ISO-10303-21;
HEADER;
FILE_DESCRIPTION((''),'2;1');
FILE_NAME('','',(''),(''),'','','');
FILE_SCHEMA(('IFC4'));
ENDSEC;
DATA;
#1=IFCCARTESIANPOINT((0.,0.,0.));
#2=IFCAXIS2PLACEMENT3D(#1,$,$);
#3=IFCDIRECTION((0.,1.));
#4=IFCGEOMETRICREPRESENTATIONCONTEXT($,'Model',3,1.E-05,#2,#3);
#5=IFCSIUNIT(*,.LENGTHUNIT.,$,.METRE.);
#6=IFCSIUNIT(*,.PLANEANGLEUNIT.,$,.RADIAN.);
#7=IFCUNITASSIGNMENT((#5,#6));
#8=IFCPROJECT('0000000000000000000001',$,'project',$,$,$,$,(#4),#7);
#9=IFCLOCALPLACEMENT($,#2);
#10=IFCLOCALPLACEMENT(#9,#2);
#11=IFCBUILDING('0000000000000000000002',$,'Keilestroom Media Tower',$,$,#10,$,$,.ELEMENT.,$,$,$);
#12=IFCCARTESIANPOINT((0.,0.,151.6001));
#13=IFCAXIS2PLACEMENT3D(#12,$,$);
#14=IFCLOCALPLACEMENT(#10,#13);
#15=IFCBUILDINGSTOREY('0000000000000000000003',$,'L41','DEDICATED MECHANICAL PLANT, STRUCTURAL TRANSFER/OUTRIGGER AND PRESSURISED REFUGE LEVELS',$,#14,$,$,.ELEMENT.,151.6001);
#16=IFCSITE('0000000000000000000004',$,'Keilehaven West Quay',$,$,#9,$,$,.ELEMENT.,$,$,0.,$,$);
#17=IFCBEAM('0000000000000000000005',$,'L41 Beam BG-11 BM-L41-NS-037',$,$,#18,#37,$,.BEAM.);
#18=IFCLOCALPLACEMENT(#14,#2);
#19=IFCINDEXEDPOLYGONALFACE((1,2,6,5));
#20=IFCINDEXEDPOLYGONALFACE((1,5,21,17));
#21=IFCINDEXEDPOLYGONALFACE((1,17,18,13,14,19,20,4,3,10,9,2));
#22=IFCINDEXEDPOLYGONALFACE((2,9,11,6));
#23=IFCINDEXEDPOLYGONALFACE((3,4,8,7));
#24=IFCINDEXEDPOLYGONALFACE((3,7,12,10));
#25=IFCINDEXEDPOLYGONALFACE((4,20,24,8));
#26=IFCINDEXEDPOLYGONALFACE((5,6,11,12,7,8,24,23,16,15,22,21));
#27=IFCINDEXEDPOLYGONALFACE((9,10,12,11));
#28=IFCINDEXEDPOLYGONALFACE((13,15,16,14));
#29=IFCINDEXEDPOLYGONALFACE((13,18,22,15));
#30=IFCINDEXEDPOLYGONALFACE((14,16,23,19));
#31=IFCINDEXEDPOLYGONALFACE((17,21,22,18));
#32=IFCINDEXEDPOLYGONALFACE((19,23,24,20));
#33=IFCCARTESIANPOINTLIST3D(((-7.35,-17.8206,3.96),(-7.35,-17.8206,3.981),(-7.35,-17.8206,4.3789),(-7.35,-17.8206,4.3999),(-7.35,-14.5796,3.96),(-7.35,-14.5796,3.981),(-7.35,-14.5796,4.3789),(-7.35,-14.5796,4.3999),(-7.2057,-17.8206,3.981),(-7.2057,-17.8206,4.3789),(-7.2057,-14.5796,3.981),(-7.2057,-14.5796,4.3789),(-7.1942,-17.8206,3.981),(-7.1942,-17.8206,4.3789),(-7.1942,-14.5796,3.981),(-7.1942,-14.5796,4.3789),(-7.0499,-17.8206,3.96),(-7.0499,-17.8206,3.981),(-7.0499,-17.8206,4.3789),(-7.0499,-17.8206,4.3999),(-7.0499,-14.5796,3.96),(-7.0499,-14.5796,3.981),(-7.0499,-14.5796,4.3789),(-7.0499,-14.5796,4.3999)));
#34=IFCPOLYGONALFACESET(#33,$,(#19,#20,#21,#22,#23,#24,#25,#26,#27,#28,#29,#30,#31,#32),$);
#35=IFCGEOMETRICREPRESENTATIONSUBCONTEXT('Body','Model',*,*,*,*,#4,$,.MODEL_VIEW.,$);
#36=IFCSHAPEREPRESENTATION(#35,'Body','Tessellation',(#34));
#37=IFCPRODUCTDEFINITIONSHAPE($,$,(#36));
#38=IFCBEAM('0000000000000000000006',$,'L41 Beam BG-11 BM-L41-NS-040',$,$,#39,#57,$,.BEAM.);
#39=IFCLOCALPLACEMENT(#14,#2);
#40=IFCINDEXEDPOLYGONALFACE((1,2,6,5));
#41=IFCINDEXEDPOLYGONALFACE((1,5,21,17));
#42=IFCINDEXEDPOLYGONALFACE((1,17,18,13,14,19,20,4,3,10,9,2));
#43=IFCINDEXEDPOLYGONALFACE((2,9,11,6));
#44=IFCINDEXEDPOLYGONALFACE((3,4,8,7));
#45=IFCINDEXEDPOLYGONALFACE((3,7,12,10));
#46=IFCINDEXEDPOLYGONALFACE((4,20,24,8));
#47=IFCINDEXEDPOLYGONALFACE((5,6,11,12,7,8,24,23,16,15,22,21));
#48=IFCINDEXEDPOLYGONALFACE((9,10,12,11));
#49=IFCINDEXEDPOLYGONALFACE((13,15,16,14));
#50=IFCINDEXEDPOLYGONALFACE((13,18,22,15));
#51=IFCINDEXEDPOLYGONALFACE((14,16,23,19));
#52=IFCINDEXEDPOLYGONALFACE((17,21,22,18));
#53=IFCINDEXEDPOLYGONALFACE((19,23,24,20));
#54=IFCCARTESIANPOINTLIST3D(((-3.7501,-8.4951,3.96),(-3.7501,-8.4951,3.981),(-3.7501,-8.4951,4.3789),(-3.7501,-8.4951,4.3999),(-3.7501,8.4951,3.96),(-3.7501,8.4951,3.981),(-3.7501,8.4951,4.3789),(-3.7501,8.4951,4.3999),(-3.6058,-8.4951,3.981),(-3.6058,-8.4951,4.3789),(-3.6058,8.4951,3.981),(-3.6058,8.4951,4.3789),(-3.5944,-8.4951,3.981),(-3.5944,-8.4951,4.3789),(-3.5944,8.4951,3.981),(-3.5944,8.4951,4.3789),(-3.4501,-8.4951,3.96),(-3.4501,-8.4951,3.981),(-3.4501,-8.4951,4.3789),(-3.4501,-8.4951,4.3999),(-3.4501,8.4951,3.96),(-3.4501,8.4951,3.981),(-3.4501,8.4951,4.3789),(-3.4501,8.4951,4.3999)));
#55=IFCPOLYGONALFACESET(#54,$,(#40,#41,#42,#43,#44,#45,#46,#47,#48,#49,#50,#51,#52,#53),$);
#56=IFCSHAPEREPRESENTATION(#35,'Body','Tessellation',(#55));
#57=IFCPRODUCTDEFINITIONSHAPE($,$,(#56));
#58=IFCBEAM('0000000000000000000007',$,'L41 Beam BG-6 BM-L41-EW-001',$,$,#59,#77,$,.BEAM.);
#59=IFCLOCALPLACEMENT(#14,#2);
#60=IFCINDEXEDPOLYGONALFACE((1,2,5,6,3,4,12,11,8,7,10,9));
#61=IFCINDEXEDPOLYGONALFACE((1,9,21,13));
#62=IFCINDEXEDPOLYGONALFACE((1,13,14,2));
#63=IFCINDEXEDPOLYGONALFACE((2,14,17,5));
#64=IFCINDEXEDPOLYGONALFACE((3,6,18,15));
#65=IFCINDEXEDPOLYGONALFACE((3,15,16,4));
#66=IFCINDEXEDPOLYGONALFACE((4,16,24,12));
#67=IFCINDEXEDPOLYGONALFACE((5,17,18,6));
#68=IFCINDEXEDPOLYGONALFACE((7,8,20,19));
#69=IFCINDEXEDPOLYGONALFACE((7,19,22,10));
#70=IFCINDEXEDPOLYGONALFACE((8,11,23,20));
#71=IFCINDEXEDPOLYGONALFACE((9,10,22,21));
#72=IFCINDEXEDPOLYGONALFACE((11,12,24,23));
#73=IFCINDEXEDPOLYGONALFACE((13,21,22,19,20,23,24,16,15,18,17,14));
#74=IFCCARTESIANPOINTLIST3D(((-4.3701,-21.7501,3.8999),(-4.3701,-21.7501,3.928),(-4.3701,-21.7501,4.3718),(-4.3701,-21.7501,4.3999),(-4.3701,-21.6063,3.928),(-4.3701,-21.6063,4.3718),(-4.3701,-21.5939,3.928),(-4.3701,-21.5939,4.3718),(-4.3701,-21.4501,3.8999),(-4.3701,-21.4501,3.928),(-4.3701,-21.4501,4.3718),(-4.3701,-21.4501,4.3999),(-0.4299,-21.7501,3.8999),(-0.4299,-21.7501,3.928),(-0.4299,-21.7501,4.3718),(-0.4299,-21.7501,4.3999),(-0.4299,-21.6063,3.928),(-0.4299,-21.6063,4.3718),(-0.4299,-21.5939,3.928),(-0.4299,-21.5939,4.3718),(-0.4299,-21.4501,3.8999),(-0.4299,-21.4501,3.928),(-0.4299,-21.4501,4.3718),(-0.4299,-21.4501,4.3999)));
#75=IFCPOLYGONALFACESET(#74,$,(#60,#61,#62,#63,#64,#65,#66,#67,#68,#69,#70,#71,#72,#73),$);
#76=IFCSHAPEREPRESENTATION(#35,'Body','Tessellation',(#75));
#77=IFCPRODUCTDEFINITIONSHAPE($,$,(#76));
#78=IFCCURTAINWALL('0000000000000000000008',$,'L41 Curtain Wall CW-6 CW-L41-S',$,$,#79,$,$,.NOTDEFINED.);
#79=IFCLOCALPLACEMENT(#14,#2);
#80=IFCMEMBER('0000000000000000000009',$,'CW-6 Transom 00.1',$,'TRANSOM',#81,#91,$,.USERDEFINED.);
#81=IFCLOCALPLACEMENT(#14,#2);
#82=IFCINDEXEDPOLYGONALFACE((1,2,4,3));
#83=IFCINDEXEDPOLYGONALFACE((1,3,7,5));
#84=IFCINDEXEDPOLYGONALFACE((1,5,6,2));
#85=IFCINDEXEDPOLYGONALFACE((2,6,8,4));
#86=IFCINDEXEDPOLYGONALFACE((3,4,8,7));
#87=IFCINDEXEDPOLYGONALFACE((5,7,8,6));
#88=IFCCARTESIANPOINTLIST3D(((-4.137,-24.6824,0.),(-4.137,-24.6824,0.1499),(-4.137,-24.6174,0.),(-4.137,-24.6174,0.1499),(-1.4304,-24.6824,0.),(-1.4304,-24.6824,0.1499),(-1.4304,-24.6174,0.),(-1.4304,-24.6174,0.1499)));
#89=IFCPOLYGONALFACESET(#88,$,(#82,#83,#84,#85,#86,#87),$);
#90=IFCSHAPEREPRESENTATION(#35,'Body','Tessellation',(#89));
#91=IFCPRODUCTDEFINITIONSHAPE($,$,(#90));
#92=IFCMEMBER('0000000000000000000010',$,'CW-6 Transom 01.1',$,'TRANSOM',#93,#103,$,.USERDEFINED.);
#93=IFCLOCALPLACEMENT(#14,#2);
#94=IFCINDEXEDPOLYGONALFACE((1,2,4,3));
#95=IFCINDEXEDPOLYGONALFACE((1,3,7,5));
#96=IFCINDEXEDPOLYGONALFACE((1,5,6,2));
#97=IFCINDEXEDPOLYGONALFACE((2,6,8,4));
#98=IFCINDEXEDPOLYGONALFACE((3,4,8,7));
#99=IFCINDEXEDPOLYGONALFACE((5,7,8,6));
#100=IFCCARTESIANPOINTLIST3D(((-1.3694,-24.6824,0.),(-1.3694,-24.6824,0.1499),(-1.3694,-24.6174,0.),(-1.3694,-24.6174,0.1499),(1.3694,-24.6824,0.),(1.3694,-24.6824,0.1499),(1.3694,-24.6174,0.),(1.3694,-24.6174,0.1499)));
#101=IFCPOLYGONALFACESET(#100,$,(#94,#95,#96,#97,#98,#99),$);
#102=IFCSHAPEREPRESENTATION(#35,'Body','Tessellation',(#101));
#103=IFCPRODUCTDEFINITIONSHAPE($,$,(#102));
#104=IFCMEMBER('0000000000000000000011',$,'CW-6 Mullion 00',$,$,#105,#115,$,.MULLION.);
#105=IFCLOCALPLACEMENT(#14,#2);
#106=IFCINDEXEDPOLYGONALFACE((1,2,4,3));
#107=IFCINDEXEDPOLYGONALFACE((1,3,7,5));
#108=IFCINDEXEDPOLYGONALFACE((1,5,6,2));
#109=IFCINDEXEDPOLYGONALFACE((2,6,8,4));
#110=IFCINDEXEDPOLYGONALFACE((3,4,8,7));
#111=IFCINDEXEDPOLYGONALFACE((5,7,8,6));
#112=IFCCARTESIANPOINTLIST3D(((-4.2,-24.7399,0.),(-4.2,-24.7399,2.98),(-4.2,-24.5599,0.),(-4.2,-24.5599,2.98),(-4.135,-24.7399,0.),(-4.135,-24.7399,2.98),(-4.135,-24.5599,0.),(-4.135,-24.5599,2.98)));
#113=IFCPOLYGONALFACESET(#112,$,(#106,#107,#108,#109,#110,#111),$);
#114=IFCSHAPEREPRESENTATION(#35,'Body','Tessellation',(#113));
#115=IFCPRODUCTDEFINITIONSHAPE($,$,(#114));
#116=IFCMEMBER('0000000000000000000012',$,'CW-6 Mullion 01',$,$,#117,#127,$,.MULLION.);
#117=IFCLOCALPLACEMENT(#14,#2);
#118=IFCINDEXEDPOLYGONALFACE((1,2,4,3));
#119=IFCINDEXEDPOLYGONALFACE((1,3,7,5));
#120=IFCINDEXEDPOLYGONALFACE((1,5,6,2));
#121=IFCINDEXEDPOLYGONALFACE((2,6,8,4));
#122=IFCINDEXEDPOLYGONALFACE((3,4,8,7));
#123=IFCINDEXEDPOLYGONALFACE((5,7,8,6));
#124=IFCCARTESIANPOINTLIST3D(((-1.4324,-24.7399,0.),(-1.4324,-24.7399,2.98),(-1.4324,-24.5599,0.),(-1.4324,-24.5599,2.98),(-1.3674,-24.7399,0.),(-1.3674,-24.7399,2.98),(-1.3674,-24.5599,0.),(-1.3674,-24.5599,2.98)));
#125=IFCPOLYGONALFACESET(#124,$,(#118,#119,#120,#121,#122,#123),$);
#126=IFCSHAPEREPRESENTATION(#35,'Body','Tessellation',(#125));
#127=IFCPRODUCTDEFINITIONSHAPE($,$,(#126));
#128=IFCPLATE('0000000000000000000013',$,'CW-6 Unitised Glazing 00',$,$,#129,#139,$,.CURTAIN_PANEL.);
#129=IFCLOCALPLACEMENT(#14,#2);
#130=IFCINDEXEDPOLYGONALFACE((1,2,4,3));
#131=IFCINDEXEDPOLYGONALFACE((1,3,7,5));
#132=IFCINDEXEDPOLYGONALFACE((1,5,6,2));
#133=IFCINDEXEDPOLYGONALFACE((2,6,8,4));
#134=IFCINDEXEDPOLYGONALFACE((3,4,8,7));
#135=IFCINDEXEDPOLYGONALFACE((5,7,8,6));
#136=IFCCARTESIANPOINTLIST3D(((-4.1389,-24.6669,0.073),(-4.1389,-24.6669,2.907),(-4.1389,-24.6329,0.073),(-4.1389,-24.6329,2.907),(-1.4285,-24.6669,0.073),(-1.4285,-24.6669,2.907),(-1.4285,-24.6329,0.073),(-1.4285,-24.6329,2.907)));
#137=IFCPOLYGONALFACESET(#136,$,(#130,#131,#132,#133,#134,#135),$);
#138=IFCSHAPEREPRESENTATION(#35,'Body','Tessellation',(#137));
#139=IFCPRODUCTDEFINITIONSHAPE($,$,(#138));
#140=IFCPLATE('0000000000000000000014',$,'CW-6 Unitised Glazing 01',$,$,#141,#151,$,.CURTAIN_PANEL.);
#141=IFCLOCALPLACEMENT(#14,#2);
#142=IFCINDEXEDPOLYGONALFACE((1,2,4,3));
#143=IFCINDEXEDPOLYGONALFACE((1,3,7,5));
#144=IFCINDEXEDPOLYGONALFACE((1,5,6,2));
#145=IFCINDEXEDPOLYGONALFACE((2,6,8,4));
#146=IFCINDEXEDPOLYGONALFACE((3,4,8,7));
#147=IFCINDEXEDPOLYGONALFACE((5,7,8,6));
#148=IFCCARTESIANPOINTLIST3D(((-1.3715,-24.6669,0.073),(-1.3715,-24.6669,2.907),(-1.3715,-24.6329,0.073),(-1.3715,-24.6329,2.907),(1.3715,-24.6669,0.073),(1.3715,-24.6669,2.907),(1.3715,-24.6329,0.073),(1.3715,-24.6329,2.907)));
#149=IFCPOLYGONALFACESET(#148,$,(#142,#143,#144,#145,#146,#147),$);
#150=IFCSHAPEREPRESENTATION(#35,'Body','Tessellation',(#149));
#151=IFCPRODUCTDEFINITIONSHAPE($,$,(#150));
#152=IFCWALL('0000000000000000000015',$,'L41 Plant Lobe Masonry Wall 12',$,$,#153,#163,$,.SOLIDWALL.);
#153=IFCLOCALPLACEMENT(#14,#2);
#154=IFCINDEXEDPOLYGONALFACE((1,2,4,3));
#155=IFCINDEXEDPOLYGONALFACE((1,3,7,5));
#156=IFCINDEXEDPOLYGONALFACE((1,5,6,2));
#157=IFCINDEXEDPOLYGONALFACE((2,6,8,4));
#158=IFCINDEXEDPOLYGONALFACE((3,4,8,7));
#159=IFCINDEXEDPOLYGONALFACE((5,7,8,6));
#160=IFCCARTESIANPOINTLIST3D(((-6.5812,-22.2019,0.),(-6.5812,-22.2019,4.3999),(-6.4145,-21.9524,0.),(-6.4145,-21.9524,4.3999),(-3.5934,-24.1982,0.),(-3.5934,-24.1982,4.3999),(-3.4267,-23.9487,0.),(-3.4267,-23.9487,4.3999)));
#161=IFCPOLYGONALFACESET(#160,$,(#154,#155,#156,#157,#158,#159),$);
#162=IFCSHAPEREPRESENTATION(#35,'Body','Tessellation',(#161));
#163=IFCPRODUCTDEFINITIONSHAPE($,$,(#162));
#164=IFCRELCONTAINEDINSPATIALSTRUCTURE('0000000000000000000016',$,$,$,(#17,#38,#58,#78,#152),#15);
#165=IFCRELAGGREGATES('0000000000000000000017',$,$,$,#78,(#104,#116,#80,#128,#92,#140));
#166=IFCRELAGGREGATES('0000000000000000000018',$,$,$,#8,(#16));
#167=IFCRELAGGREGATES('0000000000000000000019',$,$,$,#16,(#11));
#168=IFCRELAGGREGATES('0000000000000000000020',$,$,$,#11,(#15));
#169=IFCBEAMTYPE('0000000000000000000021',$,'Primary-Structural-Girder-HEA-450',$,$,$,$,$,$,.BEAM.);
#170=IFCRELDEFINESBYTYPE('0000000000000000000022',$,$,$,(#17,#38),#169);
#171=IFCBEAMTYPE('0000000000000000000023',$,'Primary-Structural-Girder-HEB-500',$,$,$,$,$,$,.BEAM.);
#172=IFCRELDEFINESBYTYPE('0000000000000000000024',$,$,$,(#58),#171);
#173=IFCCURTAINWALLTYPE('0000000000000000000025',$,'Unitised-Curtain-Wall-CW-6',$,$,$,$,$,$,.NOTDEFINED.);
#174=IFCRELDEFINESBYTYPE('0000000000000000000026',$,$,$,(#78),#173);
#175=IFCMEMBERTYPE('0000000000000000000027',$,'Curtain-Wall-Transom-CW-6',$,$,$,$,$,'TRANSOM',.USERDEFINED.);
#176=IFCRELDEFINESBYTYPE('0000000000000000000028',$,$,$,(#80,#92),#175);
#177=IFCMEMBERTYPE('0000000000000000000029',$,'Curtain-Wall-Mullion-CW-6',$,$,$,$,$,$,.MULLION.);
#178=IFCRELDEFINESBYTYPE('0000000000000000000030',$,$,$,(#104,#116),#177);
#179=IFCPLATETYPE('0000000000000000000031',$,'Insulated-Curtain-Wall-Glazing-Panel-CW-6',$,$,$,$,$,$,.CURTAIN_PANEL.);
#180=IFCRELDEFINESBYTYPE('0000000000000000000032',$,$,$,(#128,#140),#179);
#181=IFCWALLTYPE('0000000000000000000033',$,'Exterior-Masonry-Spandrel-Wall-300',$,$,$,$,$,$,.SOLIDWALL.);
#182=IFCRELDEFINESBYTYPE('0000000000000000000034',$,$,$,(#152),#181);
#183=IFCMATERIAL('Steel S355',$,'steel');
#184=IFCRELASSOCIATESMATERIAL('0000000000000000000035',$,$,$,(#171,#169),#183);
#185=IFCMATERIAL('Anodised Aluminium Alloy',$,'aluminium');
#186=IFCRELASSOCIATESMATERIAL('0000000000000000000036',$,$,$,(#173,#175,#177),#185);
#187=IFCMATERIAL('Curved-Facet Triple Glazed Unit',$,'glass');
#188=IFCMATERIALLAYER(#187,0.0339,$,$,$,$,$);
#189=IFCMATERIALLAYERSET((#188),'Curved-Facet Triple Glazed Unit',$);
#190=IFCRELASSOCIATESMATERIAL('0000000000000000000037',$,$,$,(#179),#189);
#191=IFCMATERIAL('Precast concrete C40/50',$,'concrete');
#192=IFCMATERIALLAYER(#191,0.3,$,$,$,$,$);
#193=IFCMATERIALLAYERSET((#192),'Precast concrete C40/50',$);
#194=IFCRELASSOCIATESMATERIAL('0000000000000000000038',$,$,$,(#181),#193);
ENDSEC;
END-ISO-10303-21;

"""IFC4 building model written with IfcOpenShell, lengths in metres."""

from ifc_helpers import new_model, si_unit, direction, frame, frame_2d, origin, origin_2d, place, context, subcontext, project, spatial, rectangle, i_section, extrude, source, transform, mapped, material, layer, layer_set, material_profile, profile_set, type_object, element, aggregate, save


model = new_model("IFC4")

# Units and contexts
model_context = context("Model", 3, precision=1e-05, world=origin(), true_north=direction((0.0, 1.0)))
body_context = subcontext(model_context, "Body", "Model", "MODEL_VIEW")
ifc_project = project(units=[si_unit("LENGTHUNIT", "METRE"), si_unit("PLANEANGLEUNIT", "RADIAN")], contexts=[model_context])

# Site, building, storey
site_placement = place(None, origin())
site = spatial("IfcSite", under=ifc_project, at=site_placement, Name="Keilehaven West Quay", CompositionType="ELEMENT", RefElevation=0.0)
building_placement = place(site_placement, origin())
building = spatial("IfcBuilding", under=site, at=building_placement, Name="Keilestroom Media Tower", CompositionType="ELEMENT")
storey_placement = place(building_placement, frame((0.0, 0.0, 151.6001)))
storey = spatial("IfcBuildingStorey", under=building, at=storey_placement, Name="L41", Description="DEDICATED MECHANICAL PLANT, STRUCTURAL TRANSFER/OUTRIGGER AND PRESSURISED REFUGE LEVELS", CompositionType="ELEMENT", Elevation=151.6001)

# Shared definitions
ifc_material_1 = material(Name="Steel S355", Category="steel")

# Beams
ifc_material_profile_1 = material_profile(ifc_material_1, i_section(OverallWidth=0.3, OverallDepth=0.5, WebThickness=0.0125, FlangeThickness=0.0281, at=origin_2d()), Name="HEB 500")
ifc_profile_set_1 = profile_set([ifc_material_profile_1], Name="Steel S355")
beam_type_1 = type_object("IfcBeamType", Name="Primary-Structural-Girder-HEB-500", PredefinedType="BEAM", material=ifc_profile_set_1)
ifc_material_profile_2 = material_profile(ifc_material_1, i_section(OverallWidth=0.3, OverallDepth=0.4399, WebThickness=0.0115, FlangeThickness=0.021, at=origin_2d()), Name="HEA 450")
ifc_profile_set_2 = profile_set([ifc_material_profile_2], Name="Steel S355")
beam_type_2 = type_object("IfcBeamType", Name="Primary-Structural-Girder-HEA-450", PredefinedType="BEAM", material=ifc_profile_set_2)
shared_shape_1 = source(origin(), body_context, "Body", "SweptSolid", [
    extrude(i_section(OverallWidth=0.3, OverallDepth=0.4399, WebThickness=0.0115, FlangeThickness=0.021, at=origin_2d()), origin(), (0.0, 0.0, 1.0), 3.241),
])
beam_1_placement = place(storey_placement, frame((-7.2, -17.8206, 4.1799), z_axis=(0.0, 1.0, 0.0), x_axis=(-1.0, 0.0, 0.0)))
element("IfcBeam", 1, at=beam_1_placement, inside=storey, type_object=beam_type_2, Name="L41 Beam BG-11 BM-L41-NS-037", PredefinedType="BEAM", context=body_context, shape_type="MappedRepresentation", body=[
    mapped(shared_shape_1, transform((0.0, 0.0, 0.0), x_axis=(1.0, 0.0, 0.0), y_axis=(0.0, 1.0, 0.0), z_axis=(0.0, 0.0, 1.0), scale=1.0)),
])
shared_shape_2 = source(origin(), body_context, "Body", "SweptSolid", [
    extrude(i_section(OverallWidth=0.3, OverallDepth=0.4399, WebThickness=0.0115, FlangeThickness=0.021, at=origin_2d()), origin(), (0.0, 0.0, 1.0), 16.9902),
])
beam_2_placement = place(storey_placement, frame((-3.6001, -8.4951, 4.1799), z_axis=(0.0, 1.0, 0.0), x_axis=(-1.0, 0.0, 0.0)))
element("IfcBeam", 2, at=beam_2_placement, inside=storey, type_object=beam_type_2, Name="L41 Beam BG-11 BM-L41-NS-040", PredefinedType="BEAM", context=body_context, shape_type="MappedRepresentation", body=[
    mapped(shared_shape_2, transform((0.0, 0.0, 0.0), x_axis=(1.0, 0.0, 0.0), y_axis=(0.0, 1.0, 0.0), z_axis=(0.0, 0.0, 1.0), scale=1.0)),
])
shared_shape_3 = source(origin(), body_context, "Body", "SweptSolid", [
    extrude(i_section(OverallWidth=0.3, OverallDepth=0.5, WebThickness=0.0125, FlangeThickness=0.0281, at=origin_2d()), origin(), (0.0, 0.0, 1.0), 3.9402),
])
beam_3_placement = place(storey_placement, frame((-4.3701, -21.6001, 4.1499), z_axis=(1.0, 0.0, 0.0), x_axis=(0.0, 1.0, 0.0)))
element("IfcBeam", 3, at=beam_3_placement, inside=storey, type_object=beam_type_1, Name="L41 Beam BG-6 BM-L41-EW-001", PredefinedType="BEAM", context=body_context, shape_type="MappedRepresentation", body=[
    mapped(shared_shape_3, transform((0.0, 0.0, 0.0), x_axis=(1.0, 0.0, 0.0), y_axis=(0.0, 1.0, 0.0), z_axis=(0.0, 0.0, 1.0), scale=1.0)),
])

# Curtain wall, members, plates
ifc_material_2 = material(Name="Anodised Aluminium Alloy", Category="aluminium")
curtain_wall_type = type_object("IfcCurtainWallType", Name="Unitised-Curtain-Wall-CW-6", PredefinedType="NOTDEFINED", material=ifc_material_2)
curtain_wall_placement = place(storey_placement, origin())
curtain_wall = element("IfcCurtainWall", 4, at=curtain_wall_placement, inside=storey, type_object=curtain_wall_type, Name="L41 Curtain Wall CW-6 CW-L41-S", PredefinedType="NOTDEFINED")
ifc_material_profile_3 = material_profile(ifc_material_2, rectangle(XDim=0.0649, YDim=0.1499, at=origin_2d()), Name="ALU TRANSOM 65x150")
ifc_profile_set_3 = profile_set([ifc_material_profile_3], Name="Anodised Aluminium Alloy")
member_type_1 = type_object("IfcMemberType", Name="Curtain-Wall-Transom-CW-6", ElementType="TRANSOM", PredefinedType="USERDEFINED", material=ifc_profile_set_3)
shared_shape_4 = source(origin(), body_context, "Body", "SweptSolid", [
    extrude(rectangle(XDim=0.0649, YDim=0.1499, at=origin_2d()), origin(), (0.0, 0.0, 1.0), 2.7065),
])
member_1_placement = place(storey_placement, frame((-4.137, -24.6499, 0.075), z_axis=(1.0, 0.0, 0.0), x_axis=(0.0, 1.0, 0.0)))
member_1 = element("IfcMember", 5, at=member_1_placement, type_object=member_type_1, Name="CW-6 Transom 00.1", ObjectType="TRANSOM", PredefinedType="USERDEFINED", context=body_context, shape_type="MappedRepresentation", body=[
    mapped(shared_shape_4, transform((0.0, 0.0, 0.0), x_axis=(1.0, 0.0, 0.0), y_axis=(0.0, 1.0, 0.0), z_axis=(0.0, 0.0, 1.0), scale=1.0)),
])
shared_shape_5 = source(origin(), body_context, "Body", "SweptSolid", [
    extrude(rectangle(XDim=0.0649, YDim=0.1499, at=origin_2d()), origin(), (0.0, 0.0, 1.0), 2.7388),
])
member_2_placement = place(storey_placement, frame((-1.3694, -24.6499, 0.075), z_axis=(1.0, 0.0, 0.0), x_axis=(0.0, 1.0, 0.0)))
member_2 = element("IfcMember", 6, at=member_2_placement, type_object=member_type_1, Name="CW-6 Transom 01.1", ObjectType="TRANSOM", PredefinedType="USERDEFINED", context=body_context, shape_type="MappedRepresentation", body=[
    mapped(shared_shape_5, transform((0.0, 0.0, 0.0), x_axis=(1.0, 0.0, 0.0), y_axis=(0.0, 1.0, 0.0), z_axis=(0.0, 0.0, 1.0), scale=1.0)),
])
ifc_material_profile_4 = material_profile(ifc_material_2, rectangle(XDim=0.0649, YDim=0.1799, at=origin_2d()), Name="ALU MULLION 65x180")
ifc_profile_set_4 = profile_set([ifc_material_profile_4], Name="Anodised Aluminium Alloy")
member_type_2 = type_object("IfcMemberType", Name="Curtain-Wall-Mullion-CW-6", PredefinedType="MULLION", material=ifc_profile_set_4)
shared_shape_6 = source(origin(), body_context, "Body", "SweptSolid", [
    extrude(rectangle(XDim=0.0649, YDim=0.1799, at=origin_2d()), origin(), (0.0, 0.0, 1.0), 2.98),
])
member_3_placement = place(storey_placement, frame((-4.1675, -24.6499, 0.0), z_axis=(0.0, 0.0, 1.0), x_axis=(1.0, 0.0, 0.0)))
member_3 = element("IfcMember", 7, at=member_3_placement, type_object=member_type_2, Name="CW-6 Mullion 00", PredefinedType="MULLION", context=body_context, shape_type="MappedRepresentation", body=[
    mapped(shared_shape_6, transform((0.0, 0.0, 0.0), x_axis=(1.0, 0.0, 0.0), y_axis=(0.0, 1.0, 0.0), z_axis=(0.0, 0.0, 1.0), scale=1.0)),
])
member_4_placement = place(storey_placement, frame((-1.3999, -24.6499, 0.0), z_axis=(0.0, 0.0, 1.0), x_axis=(1.0, 0.0, 0.0)))
member_4 = element("IfcMember", 8, at=member_4_placement, type_object=member_type_2, Name="CW-6 Mullion 01", PredefinedType="MULLION", context=body_context, shape_type="MappedRepresentation", body=[
    mapped(shared_shape_6, transform((0.0, 0.0, 0.0), x_axis=(1.0, 0.0, 0.0), y_axis=(0.0, 1.0, 0.0), z_axis=(0.0, 0.0, 1.0), scale=1.0)),
])
ifc_material_3 = material(Name="Curved-Facet Triple Glazed Unit", Category="glass")
ifc_layer_1 = layer(ifc_material_3, 0.0339)
ifc_layer_set_1 = layer_set([ifc_layer_1], Name="Curved-Facet Triple Glazed Unit")
plate_type = type_object("IfcPlateType", Name="Insulated-Curtain-Wall-Glazing-Panel-CW-6", PredefinedType="CURTAIN_PANEL", material=ifc_layer_set_1)
shared_shape_7 = source(origin(), body_context, "Body", "SweptSolid", [
    extrude(rectangle(XDim=2.7104, YDim=0.0339, at=origin_2d()), origin(), (0.0, 0.0, 1.0), 2.834),
])
plate_1_placement = place(storey_placement, frame((-2.7837, -24.6499, 0.073), z_axis=(0.0, 0.0, 1.0), x_axis=(1.0, 0.0, 0.0)))
plate_1 = element("IfcPlate", 9, at=plate_1_placement, type_object=plate_type, Name="CW-6 Unitised Glazing 00", PredefinedType="CURTAIN_PANEL", context=body_context, shape_type="MappedRepresentation", body=[
    mapped(shared_shape_7, transform((0.0, 0.0, 0.0), x_axis=(1.0, 0.0, 0.0), y_axis=(0.0, 1.0, 0.0), z_axis=(0.0, 0.0, 1.0), scale=1.0)),
])
shared_shape_8 = source(origin(), body_context, "Body", "SweptSolid", [
    extrude(rectangle(XDim=2.7429, YDim=0.0339, at=origin_2d()), origin(), (0.0, 0.0, 1.0), 2.834),
])
plate_2_placement = place(storey_placement, frame((0.0, -24.6499, 0.073), z_axis=(0.0, 0.0, 1.0), x_axis=(1.0, 0.0, 0.0)))
plate_2 = element("IfcPlate", 10, at=plate_2_placement, type_object=plate_type, Name="CW-6 Unitised Glazing 01", PredefinedType="CURTAIN_PANEL", context=body_context, shape_type="MappedRepresentation", body=[
    mapped(shared_shape_8, transform((0.0, 0.0, 0.0), x_axis=(1.0, 0.0, 0.0), y_axis=(0.0, 1.0, 0.0), z_axis=(0.0, 0.0, 1.0), scale=1.0)),
])
aggregate(curtain_wall, [member_3, member_4, member_1, plate_1, member_2, plate_2])

# Wall
ifc_material_4 = material(Name="Precast concrete C40/50", Category="concrete")
ifc_layer_2 = layer(ifc_material_4, 0.3)
ifc_layer_set_2 = layer_set([ifc_layer_2], Name="Precast concrete C40/50")
wall_type_1 = type_object("IfcWallType", Name="Exterior-Masonry-Spandrel-Wall-300", PredefinedType="SOLIDWALL", material=ifc_layer_set_2)
wall_1_placement = place(storey_placement, frame((-6.4978, -22.0771, 0.0), z_axis=(0.0, 0.0, 1.0), x_axis=(0.831475, -0.555562, 0.0)))
element("IfcWall", 11, at=wall_1_placement, inside=storey, type_object=wall_type_1, Name="L41 Plant Lobe Masonry Wall 12", PredefinedType="SOLIDWALL", context=body_context, shape_type="SweptSolid", body=[
    extrude(rectangle(XDim=3.5933, YDim=0.3, at=frame_2d((1.7966, 0.0))), origin(), (0.0, 0.0, 1.0), 4.3999),
])

save(model, "model.ifc")
